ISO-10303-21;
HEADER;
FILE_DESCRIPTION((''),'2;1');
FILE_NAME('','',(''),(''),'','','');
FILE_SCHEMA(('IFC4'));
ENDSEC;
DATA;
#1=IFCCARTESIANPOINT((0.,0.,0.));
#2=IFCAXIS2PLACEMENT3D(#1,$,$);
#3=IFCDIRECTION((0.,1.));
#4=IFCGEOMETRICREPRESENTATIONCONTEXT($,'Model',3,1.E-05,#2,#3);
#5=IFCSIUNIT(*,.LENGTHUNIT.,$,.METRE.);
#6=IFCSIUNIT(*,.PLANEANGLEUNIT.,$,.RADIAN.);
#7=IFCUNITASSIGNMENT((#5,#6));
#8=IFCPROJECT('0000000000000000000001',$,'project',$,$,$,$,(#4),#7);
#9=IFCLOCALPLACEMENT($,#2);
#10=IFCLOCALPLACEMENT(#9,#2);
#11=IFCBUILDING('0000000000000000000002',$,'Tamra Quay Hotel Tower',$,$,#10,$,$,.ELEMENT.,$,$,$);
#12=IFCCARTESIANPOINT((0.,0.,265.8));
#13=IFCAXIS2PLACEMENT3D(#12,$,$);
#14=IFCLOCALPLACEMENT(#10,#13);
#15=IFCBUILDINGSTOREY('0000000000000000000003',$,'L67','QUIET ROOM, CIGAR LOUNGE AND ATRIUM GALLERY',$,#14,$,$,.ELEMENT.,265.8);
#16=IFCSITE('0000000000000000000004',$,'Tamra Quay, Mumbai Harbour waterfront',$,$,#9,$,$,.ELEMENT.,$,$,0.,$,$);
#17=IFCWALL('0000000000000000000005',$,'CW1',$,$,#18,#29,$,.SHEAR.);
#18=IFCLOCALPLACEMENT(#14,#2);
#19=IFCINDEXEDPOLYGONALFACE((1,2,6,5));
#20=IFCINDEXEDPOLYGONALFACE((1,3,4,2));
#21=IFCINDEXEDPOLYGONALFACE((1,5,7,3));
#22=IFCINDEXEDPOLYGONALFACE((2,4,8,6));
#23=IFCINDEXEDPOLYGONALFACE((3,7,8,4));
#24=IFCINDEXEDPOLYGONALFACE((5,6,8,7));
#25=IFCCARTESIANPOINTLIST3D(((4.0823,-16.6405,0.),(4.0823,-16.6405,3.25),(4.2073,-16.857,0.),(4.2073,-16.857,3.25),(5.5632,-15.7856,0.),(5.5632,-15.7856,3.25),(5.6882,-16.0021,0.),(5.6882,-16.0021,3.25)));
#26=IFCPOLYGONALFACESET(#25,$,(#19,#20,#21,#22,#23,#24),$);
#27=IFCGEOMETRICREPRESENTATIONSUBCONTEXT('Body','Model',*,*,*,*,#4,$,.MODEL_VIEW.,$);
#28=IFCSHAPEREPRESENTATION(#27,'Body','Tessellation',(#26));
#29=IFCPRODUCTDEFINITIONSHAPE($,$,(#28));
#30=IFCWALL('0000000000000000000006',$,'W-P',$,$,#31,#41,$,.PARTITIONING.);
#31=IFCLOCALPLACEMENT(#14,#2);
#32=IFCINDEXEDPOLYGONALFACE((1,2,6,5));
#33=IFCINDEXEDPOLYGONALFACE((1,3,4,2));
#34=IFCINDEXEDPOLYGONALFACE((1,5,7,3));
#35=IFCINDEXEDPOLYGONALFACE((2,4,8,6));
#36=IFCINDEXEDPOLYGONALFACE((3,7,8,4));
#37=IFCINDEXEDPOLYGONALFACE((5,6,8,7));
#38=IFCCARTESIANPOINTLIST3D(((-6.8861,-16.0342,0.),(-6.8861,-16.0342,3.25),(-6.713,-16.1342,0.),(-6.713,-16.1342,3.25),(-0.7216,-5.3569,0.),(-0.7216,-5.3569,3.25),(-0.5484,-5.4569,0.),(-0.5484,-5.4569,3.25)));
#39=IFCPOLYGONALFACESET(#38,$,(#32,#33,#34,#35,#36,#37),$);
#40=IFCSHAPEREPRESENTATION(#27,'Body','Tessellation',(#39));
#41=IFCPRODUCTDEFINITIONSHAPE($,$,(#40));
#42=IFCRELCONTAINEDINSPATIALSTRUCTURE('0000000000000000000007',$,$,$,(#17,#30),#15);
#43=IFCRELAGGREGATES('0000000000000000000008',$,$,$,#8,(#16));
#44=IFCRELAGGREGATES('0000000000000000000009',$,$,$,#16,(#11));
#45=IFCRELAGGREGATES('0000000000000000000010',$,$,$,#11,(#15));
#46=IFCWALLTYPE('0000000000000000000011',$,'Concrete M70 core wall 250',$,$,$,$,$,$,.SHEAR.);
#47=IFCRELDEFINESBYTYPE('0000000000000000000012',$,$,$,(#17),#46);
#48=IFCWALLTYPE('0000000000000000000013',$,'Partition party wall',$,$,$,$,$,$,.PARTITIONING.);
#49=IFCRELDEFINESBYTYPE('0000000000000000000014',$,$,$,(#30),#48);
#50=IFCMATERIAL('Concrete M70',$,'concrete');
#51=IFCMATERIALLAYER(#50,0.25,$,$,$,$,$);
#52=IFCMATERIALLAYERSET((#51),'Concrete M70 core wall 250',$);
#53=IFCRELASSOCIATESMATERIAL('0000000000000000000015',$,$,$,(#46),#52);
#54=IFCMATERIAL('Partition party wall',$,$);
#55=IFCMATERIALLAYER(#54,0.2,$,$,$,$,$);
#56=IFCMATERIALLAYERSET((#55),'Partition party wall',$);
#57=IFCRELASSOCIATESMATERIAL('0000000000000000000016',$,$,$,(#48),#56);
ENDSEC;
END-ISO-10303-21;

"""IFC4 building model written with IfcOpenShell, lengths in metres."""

from ifc_helpers import new_model, si_unit, direction, frame, frame_2d, origin, place, context, subcontext, project, spatial, rectangle, extrude, material, layer, layer_set, type_object, element, save


model = new_model("IFC4")

# Units and contexts
model_context = context("Model", 3, precision=1e-05, world=origin(), true_north=direction((0.0, 1.0)))
body_context = subcontext(model_context, "Body", "Model", "MODEL_VIEW")
ifc_project = project(units=[si_unit("LENGTHUNIT", "METRE"), si_unit("PLANEANGLEUNIT", "RADIAN")], contexts=[model_context])

# Site, building, storey
site_placement = place(None, origin())
site = spatial("IfcSite", under=ifc_project, at=site_placement, Name="Tamra Quay, Mumbai Harbour waterfront", CompositionType="ELEMENT", RefElevation=0.0)
building_placement = place(site_placement, origin())
building = spatial("IfcBuilding", under=site, at=building_placement, Name="Tamra Quay Hotel Tower", CompositionType="ELEMENT")
storey_placement = place(building_placement, frame((0.0, 0.0, 265.8)))
storey = spatial("IfcBuildingStorey", under=building, at=storey_placement, Name="L67", Description="QUIET ROOM, CIGAR LOUNGE AND ATRIUM GALLERY", CompositionType="ELEMENT", Elevation=265.8)

# Shared definitions
ifc_material_1 = material(Name="Concrete M70", Category="concrete")

# Walls
ifc_layer_1 = layer(ifc_material_1, 0.25)
ifc_layer_set_1 = layer_set([ifc_layer_1], Name="Concrete M70 core wall 250")
wall_type_1 = type_object("IfcWallType", Name="Concrete M70 core wall 250", PredefinedType="SHEAR", material=ifc_layer_set_1)
wall_1_placement = place(storey_placement, frame((4.1448, -16.7488, 0.0), z_axis=(0.0, 0.0, 1.0), x_axis=(0.866038, 0.499978, 0.0)))
element("IfcWall", 1, at=wall_1_placement, inside=storey, type_object=wall_type_1, Name="CW1", PredefinedType="SHEAR", context=body_context, shape_type="SweptSolid", body=[
    extrude(rectangle(XDim=1.71, YDim=0.25, at=frame_2d((0.855, 0.0))), origin(), (0.0, 0.0, 1.0), 3.25),
])
ifc_material_2 = material(Name="Partition party wall")
ifc_layer_2 = layer(ifc_material_2, 0.2)
ifc_layer_set_2 = layer_set([ifc_layer_2], Name="Partition party wall")
wall_type_2 = type_object("IfcWallType", Name="Partition party wall", PredefinedType="PARTITIONING", material=ifc_layer_set_2)
wall_2_placement = place(storey_placement, frame((-6.7996, -16.0842, 0.0), z_axis=(0.0, 0.0, 1.0), x_axis=(0.500002, 0.866024, 0.0)))
element("IfcWall", 2, at=wall_2_placement, inside=storey, type_object=wall_type_2, Name="W-P", PredefinedType="PARTITIONING", context=body_context, shape_type="SweptSolid", body=[
    extrude(rectangle(XDim=12.3291, YDim=0.2, at=frame_2d((6.1646, 0.0))), origin(), (0.0, 0.0, 1.0), 3.25),
])

save(model, "model.ifc")
